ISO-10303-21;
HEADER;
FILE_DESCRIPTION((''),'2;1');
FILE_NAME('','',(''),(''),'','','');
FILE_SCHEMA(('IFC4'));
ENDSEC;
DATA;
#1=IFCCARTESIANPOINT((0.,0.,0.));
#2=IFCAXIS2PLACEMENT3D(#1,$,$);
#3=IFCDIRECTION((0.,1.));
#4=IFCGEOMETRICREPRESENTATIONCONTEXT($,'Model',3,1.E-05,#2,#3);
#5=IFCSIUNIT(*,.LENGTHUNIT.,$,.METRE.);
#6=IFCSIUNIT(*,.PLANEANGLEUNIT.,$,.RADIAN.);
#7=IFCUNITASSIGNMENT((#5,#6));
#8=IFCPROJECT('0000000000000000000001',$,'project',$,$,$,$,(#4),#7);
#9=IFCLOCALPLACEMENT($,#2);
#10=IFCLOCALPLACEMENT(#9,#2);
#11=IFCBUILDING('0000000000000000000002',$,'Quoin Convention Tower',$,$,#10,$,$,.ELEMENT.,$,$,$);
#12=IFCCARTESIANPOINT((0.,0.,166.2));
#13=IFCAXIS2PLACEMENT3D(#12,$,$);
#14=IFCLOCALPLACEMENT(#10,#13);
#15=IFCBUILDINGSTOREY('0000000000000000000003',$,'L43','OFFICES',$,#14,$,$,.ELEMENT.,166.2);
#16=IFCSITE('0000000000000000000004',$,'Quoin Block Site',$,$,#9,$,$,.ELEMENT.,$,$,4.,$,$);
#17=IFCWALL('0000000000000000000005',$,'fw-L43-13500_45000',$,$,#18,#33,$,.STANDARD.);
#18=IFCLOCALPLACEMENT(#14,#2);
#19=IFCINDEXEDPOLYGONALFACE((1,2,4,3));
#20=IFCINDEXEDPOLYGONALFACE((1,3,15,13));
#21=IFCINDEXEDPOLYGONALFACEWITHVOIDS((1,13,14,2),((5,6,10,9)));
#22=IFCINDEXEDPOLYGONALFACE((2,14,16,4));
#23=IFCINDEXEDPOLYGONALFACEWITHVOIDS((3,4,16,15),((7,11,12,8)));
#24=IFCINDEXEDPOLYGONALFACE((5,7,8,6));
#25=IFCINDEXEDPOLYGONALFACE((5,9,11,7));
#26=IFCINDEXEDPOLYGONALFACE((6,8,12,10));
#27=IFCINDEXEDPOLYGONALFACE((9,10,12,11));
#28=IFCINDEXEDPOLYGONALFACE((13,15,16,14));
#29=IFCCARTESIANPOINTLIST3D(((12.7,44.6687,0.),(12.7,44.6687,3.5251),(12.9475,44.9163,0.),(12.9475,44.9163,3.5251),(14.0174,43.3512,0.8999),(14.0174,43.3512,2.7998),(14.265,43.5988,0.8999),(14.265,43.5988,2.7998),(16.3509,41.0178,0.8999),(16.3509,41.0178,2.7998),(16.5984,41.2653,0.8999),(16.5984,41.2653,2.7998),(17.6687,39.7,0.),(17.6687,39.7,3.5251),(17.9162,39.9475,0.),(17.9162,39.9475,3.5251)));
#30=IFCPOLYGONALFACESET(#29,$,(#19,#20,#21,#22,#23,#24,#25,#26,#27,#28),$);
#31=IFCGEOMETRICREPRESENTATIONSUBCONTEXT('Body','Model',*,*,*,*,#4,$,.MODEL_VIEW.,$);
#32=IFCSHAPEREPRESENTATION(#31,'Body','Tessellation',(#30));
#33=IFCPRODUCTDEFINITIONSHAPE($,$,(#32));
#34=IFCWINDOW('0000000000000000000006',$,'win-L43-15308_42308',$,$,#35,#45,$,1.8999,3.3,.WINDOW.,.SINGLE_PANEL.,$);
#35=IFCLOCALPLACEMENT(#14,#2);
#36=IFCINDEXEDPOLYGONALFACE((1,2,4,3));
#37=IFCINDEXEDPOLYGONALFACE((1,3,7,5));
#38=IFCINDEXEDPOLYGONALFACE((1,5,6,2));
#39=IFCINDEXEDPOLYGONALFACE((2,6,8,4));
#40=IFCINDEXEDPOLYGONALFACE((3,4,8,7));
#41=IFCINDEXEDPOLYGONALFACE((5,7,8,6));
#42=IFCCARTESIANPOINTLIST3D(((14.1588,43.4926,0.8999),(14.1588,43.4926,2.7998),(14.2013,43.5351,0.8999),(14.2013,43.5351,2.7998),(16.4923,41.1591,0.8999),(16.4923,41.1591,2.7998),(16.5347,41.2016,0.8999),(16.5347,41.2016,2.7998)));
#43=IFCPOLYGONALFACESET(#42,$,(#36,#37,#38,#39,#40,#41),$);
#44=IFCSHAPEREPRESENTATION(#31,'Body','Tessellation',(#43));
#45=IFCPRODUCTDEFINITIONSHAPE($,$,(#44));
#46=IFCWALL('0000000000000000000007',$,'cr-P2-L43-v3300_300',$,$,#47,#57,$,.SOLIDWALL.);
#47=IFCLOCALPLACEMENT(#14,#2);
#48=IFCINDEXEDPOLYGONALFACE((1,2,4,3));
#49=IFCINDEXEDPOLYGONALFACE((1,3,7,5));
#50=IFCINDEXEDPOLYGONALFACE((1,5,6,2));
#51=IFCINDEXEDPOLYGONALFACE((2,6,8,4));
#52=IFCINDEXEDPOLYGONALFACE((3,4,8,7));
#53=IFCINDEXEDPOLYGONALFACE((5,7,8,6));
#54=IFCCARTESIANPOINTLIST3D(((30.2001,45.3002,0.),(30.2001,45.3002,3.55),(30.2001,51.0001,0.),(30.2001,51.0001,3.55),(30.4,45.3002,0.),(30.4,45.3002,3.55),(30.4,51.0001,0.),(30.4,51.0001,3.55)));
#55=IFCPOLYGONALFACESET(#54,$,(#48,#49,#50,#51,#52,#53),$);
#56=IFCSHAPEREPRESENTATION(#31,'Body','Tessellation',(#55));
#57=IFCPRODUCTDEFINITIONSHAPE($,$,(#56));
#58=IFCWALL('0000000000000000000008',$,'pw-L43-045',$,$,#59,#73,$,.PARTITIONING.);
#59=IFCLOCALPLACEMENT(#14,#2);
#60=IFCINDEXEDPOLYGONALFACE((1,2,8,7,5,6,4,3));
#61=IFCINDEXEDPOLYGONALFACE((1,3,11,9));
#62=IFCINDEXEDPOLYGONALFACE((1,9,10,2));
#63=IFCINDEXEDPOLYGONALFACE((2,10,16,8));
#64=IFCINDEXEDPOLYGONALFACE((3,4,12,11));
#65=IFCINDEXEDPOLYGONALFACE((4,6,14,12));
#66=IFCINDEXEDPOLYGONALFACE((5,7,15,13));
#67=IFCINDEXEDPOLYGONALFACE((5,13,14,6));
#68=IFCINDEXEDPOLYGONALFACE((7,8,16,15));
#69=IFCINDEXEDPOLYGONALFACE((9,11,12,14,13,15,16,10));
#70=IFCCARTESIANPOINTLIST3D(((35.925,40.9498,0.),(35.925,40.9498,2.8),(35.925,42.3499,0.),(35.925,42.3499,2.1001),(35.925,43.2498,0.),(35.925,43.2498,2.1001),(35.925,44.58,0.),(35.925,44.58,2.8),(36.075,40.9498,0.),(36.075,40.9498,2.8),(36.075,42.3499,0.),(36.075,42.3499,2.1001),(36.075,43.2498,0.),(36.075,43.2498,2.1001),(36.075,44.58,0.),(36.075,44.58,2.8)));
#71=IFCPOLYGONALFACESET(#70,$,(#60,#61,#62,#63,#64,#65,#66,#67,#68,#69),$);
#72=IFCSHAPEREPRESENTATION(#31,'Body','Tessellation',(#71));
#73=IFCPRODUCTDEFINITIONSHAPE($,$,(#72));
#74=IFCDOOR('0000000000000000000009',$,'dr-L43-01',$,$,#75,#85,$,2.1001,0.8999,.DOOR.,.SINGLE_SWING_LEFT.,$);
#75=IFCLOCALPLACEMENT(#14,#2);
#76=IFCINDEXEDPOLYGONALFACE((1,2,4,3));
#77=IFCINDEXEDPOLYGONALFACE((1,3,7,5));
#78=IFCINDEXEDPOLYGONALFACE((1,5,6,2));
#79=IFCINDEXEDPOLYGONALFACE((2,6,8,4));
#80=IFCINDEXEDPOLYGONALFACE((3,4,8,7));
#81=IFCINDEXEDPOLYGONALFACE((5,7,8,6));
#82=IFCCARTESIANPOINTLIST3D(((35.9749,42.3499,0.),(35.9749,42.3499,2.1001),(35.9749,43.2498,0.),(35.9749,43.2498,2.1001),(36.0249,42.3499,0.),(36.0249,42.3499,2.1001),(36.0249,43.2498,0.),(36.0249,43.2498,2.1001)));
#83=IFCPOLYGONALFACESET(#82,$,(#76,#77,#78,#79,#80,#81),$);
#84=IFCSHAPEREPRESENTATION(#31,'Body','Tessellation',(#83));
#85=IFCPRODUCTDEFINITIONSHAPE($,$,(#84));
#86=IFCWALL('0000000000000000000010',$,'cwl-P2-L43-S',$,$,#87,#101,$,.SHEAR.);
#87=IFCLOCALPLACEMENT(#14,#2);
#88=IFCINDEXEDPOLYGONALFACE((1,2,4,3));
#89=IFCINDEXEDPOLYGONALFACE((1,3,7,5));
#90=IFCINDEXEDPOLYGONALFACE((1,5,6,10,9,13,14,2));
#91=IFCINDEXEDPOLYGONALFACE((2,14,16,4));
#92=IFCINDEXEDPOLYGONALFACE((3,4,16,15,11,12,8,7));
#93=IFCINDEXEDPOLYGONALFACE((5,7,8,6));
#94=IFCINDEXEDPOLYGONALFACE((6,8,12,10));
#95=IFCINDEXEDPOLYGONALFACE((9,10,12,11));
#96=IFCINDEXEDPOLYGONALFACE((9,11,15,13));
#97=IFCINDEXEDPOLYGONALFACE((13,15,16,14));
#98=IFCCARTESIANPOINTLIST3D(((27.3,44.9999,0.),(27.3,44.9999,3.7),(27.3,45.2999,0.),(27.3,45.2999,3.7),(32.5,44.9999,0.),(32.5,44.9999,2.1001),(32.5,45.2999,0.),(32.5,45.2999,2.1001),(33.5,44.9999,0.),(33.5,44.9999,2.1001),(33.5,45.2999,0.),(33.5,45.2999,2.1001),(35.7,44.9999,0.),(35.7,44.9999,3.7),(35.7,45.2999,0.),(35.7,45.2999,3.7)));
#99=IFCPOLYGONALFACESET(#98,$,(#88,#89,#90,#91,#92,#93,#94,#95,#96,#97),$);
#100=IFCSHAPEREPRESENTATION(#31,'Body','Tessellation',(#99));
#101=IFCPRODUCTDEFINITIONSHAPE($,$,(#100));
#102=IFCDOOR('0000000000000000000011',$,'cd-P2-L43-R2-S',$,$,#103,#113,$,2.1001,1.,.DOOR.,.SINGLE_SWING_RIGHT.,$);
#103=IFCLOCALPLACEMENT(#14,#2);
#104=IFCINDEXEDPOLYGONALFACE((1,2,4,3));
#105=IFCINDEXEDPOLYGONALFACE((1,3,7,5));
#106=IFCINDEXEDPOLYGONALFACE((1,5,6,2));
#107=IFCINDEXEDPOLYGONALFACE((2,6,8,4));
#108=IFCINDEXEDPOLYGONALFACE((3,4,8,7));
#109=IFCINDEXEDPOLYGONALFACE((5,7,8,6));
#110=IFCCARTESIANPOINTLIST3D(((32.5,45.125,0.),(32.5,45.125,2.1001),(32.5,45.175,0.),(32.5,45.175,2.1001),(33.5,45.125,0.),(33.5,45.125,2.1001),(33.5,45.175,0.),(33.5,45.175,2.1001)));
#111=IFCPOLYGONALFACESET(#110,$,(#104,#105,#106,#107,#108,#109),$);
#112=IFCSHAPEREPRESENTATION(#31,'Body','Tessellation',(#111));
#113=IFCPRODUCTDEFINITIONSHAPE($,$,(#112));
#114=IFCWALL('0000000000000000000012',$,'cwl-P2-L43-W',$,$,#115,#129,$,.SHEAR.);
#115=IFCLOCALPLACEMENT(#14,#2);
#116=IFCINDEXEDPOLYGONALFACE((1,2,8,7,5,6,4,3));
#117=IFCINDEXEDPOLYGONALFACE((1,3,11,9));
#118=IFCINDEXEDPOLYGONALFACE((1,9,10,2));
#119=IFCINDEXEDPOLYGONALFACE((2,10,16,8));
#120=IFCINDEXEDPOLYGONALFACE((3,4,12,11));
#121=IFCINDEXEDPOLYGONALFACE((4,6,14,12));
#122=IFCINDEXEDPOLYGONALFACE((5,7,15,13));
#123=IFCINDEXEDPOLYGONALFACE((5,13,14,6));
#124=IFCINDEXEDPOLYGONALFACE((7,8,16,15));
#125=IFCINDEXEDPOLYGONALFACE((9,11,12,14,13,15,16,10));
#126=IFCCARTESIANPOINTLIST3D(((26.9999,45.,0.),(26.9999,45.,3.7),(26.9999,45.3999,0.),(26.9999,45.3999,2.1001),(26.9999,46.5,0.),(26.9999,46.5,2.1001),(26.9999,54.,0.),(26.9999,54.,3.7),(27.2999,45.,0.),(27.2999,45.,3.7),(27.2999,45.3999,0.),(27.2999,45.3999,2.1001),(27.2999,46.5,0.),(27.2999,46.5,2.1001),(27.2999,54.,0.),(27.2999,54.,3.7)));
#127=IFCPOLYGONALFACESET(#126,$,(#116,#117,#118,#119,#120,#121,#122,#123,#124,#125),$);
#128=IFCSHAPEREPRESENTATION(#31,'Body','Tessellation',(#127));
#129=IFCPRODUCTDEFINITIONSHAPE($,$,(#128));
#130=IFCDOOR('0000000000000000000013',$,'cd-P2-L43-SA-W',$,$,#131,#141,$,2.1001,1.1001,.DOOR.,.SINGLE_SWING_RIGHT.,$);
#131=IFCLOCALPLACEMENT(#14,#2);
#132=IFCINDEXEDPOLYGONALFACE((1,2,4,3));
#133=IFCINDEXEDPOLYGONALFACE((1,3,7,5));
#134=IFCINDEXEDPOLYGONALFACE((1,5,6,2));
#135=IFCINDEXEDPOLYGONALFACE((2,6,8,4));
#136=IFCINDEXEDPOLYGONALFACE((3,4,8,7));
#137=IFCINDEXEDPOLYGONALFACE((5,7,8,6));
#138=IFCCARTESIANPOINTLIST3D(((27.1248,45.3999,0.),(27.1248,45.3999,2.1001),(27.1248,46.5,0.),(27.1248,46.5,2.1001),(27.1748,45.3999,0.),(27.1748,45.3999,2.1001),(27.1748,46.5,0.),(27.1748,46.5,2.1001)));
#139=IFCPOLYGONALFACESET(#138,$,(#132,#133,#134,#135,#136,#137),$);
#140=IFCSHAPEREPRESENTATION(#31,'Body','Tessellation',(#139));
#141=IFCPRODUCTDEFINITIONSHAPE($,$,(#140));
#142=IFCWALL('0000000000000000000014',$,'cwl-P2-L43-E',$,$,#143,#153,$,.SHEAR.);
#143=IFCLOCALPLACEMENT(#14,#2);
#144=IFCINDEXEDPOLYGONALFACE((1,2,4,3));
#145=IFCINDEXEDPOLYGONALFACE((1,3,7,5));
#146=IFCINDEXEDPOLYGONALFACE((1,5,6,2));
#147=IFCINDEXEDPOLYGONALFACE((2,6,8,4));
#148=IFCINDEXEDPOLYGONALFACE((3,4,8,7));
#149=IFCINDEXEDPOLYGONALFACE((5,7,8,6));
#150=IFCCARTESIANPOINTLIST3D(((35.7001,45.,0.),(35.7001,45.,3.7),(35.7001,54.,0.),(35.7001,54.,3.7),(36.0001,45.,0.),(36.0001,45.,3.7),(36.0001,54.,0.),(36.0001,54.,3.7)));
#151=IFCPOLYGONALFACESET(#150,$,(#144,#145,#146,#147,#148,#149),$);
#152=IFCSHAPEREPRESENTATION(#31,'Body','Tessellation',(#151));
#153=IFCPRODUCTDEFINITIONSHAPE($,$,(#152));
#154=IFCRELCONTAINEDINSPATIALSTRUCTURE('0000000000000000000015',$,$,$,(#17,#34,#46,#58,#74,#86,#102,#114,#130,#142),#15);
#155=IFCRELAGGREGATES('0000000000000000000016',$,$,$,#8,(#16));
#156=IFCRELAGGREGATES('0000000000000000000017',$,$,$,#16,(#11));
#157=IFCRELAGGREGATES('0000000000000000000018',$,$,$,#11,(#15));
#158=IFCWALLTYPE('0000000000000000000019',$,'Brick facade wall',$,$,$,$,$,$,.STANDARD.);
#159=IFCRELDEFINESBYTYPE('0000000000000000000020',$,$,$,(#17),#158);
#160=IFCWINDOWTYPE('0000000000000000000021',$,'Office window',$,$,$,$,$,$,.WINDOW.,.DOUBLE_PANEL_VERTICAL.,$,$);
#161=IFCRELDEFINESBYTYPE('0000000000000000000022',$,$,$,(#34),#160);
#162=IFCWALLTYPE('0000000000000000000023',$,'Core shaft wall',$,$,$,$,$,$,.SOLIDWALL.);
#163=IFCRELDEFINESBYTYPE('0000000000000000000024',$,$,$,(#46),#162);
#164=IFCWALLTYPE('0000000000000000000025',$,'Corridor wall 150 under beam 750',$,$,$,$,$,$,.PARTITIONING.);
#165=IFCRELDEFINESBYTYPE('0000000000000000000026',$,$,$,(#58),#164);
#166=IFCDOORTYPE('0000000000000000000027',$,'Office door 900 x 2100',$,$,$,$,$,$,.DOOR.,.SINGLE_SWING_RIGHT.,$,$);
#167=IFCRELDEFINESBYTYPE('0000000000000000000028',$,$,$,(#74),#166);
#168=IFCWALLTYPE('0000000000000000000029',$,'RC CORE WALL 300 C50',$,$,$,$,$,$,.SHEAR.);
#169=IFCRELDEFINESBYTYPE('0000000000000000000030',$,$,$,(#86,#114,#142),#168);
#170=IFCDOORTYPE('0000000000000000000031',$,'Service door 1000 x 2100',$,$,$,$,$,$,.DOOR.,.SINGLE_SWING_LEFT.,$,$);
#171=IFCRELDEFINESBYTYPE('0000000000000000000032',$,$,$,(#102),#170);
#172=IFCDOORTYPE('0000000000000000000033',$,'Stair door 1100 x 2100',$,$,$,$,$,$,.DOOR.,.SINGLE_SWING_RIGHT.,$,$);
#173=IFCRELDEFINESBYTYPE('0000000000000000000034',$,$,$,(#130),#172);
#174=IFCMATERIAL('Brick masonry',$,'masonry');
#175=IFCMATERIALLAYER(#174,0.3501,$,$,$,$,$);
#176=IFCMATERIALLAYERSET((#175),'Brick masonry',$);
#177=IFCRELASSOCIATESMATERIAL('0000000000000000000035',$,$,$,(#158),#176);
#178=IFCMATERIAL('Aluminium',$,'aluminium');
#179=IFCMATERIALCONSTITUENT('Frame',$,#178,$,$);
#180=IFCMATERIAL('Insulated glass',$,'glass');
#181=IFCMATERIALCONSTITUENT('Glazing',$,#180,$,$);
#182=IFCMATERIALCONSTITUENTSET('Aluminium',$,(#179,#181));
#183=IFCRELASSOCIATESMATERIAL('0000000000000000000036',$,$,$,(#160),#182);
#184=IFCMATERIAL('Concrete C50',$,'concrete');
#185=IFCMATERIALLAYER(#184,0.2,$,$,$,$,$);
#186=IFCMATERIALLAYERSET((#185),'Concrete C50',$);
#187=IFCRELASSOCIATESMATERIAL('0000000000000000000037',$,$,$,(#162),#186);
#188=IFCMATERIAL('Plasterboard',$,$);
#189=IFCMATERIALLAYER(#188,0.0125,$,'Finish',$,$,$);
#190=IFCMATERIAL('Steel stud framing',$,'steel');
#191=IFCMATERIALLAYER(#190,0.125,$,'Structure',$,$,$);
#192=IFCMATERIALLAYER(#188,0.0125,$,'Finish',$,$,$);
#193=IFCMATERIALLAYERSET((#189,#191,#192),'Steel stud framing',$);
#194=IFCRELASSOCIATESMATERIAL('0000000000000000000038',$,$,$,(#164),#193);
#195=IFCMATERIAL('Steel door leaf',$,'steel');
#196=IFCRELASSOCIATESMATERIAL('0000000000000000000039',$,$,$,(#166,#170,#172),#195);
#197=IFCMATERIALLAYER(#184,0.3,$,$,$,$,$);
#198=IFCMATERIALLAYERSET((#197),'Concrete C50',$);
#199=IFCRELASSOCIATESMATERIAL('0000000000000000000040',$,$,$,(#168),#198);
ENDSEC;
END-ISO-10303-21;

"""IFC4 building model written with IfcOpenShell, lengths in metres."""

from ifc_helpers import new_model, si_unit, direction, frame, frame_2d, origin, place, context, subcontext, project, spatial, rectangle, extrude, material, layer, layer_set, constituent, constituent_set, type_object, element, fill, save


model = new_model("IFC4")

# Units and contexts
model_context = context("Model", 3, precision=1e-05, world=origin(), true_north=direction((0.0, 1.0)))
body_context = subcontext(model_context, "Body", "Model", "MODEL_VIEW")
ifc_project = project(units=[si_unit("LENGTHUNIT", "METRE"), si_unit("PLANEANGLEUNIT", "RADIAN")], contexts=[model_context])

# Site, building, storey
site_placement = place(None, origin())
site = spatial("IfcSite", under=ifc_project, at=site_placement, Name="Quoin Block Site", CompositionType="ELEMENT", RefElevation=4.0)
building_placement = place(site_placement, origin())
building = spatial("IfcBuilding", under=site, at=building_placement, Name="Quoin Convention Tower", CompositionType="ELEMENT")
storey_placement = place(building_placement, frame((0.0, 0.0, 166.2)))
storey = spatial("IfcBuildingStorey", under=building, at=storey_placement, Name="L43", Description="OFFICES", CompositionType="ELEMENT", Elevation=166.2)

# Shared definitions
ifc_material_1 = material(Name="Concrete C50", Category="concrete")

# Wall, opening, window
ifc_material_2 = material(Name="Brick masonry", Category="masonry")
ifc_layer_1 = layer(ifc_material_2, 0.3501)
ifc_layer_set_1 = layer_set([ifc_layer_1], Name="Brick masonry")
wall_type_1 = type_object("IfcWallType", Name="Brick facade wall", PredefinedType="STANDARD", material=ifc_layer_set_1)
wall_1_placement = place(storey_placement, frame((12.8237, 44.7925, 0.0), z_axis=(0.0, 0.0, 1.0), x_axis=(0.707107, -0.707107, 0.0)))
wall_1 = element("IfcWall", 1, at=wall_1_placement, inside=storey, type_object=wall_type_1, Name="fw-L43-13500_45000", PredefinedType="STANDARD", context=body_context, shape_type="SweptSolid", body=[
    extrude(rectangle(XDim=7.0269, YDim=0.3501, at=frame_2d((3.5134, 0.0))), origin(), (0.0, 0.0, 1.0), 3.5251),
])
opening_1_placement = place(wall_1_placement, frame((1.8633, 0.0, 0.8999)))
opening_1 = element("IfcOpeningElement", 2, at=opening_1_placement, cuts=wall_1, PredefinedType="OPENING", context=body_context, shape_type="SweptSolid", body=[
    extrude(rectangle(XDim=3.3, YDim=1.8999, at=frame_2d((1.6499, 0.95))), frame((0.0, 0.1851, 0.0), z_axis=(0.0, -1.0, 0.0), x_axis=(1.0, 0.0, 0.0)), (0.0, 0.0, 1.0), 0.3701),
])
ifc_material_3 = material(Name="Aluminium", Category="aluminium")
ifc_constituent_1 = constituent(ifc_material_3, Name="Frame")
ifc_material_4 = material(Name="Insulated glass", Category="glass")
ifc_constituent_2 = constituent(ifc_material_4, Name="Glazing")
ifc_constituent_set = constituent_set(constituents=[ifc_constituent_1, ifc_constituent_2], Name="Aluminium")
window_type = type_object("IfcWindowType", Name="Office window", PartitioningType="DOUBLE_PANEL_VERTICAL", PredefinedType="WINDOW", material=ifc_constituent_set)
window_placement = place(opening_1_placement, origin())
window = element("IfcWindow", 3, at=window_placement, inside=storey, type_object=window_type, Name="win-L43-15308_42308", OverallHeight=1.8999, OverallWidth=3.3, PartitioningType="SINGLE_PANEL", PredefinedType="WINDOW", context=body_context, shape_type="SweptSolid", body=[
    extrude(rectangle(XDim=3.3, YDim=1.8999, at=frame_2d((1.6499, 0.95))), frame((0.0, 0.085, 0.0), z_axis=(0.0, -1.0, 0.0), x_axis=(1.0, 0.0, 0.0)), (0.0, 0.0, 1.0), 0.0601),
])
fill(opening_1, window)

# Wall
ifc_layer_2 = layer(ifc_material_1, 0.2)
ifc_layer_set_2 = layer_set([ifc_layer_2], Name="Concrete C50")
wall_type_2 = type_object("IfcWallType", Name="Core shaft wall", PredefinedType="SOLIDWALL", material=ifc_layer_set_2)
wall_2_placement = place(storey_placement, frame((30.3, 45.3, 0.0), z_axis=(0.0, 0.0, 1.0), x_axis=(0.0, 1.0, 0.0)))
element("IfcWall", 4, at=wall_2_placement, inside=storey, type_object=wall_type_2, Name="cr-P2-L43-v3300_300", PredefinedType="SOLIDWALL", context=body_context, shape_type="SweptSolid", body=[
    extrude(rectangle(XDim=5.7, YDim=0.2, at=frame_2d((2.8501, 0.0))), origin(), (0.0, 0.0, 1.0), 3.55),
])

# Walls, openings, doors
ifc_material_5 = material(Name="Plasterboard")
ifc_layer_3 = layer(ifc_material_5, 0.0125, Name="Finish")
ifc_material_6 = material(Name="Steel stud framing", Category="steel")
ifc_layer_4 = layer(ifc_material_6, 0.125, Name="Structure")
ifc_layer_5 = layer(ifc_material_5, 0.0125, Name="Finish")
ifc_layer_set_3 = layer_set([ifc_layer_3, ifc_layer_4, ifc_layer_5], Name="Steel stud framing")
wall_type_3 = type_object("IfcWallType", Name="Corridor wall 150 under beam 750", PredefinedType="PARTITIONING", material=ifc_layer_set_3)
wall_3_placement = place(storey_placement, frame((36.0, 40.95, 0.0), z_axis=(0.0, 0.0, 1.0), x_axis=(0.0, 1.0, 0.0)))
wall_3 = element("IfcWall", 5, at=wall_3_placement, inside=storey, type_object=wall_type_3, Name="pw-L43-045", PredefinedType="PARTITIONING", context=body_context, shape_type="SweptSolid", body=[
    extrude(rectangle(XDim=3.6301, YDim=0.1499, at=frame_2d((1.8149, 0.0))), origin(), (0.0, 0.0, 1.0), 2.8),
])
opening_2_placement = place(wall_3_placement, frame((1.3999, 0.0, 0.0)))
opening_2 = element("IfcOpeningElement", 6, at=opening_2_placement, cuts=wall_3, PredefinedType="OPENING", context=body_context, shape_type="SweptSolid", body=[
    extrude(rectangle(XDim=0.8999, YDim=2.1001, at=frame_2d((0.45, 1.05))), frame((0.0, 0.085, 0.0), z_axis=(0.0, -1.0, 0.0), x_axis=(1.0, 0.0, 0.0)), (0.0, 0.0, 1.0), 0.1699),
])
ifc_material_7 = material(Name="Steel door leaf", Category="steel")
door_type_1 = type_object("IfcDoorType", Name="Office door 900 x 2100", OperationType="SINGLE_SWING_RIGHT", PredefinedType="DOOR", material=ifc_material_7)
door_1_placement = place(opening_2_placement, frame((0.8999, 0.0, 0.0), z_axis=(0.0, 0.0, 1.0), x_axis=(-1.0, 0.0, 0.0)))
door_1 = element("IfcDoor", 7, at=door_1_placement, inside=storey, type_object=door_type_1, Name="dr-L43-01", OperationType="SINGLE_SWING_LEFT", OverallHeight=2.1001, OverallWidth=0.8999, PredefinedType="DOOR", context=body_context, shape_type="SweptSolid", body=[
    extrude(rectangle(XDim=0.8999, YDim=2.1001, at=frame_2d((0.45, 1.05))), frame((0.0, 0.0249, 0.0), z_axis=(0.0, -1.0, 0.0), x_axis=(1.0, 0.0, 0.0)), (0.0, 0.0, 1.0), 0.05),
])
fill(opening_2, door_1)
ifc_layer_6 = layer(ifc_material_1, 0.3)
ifc_layer_set_4 = layer_set([ifc_layer_6], Name="Concrete C50")
wall_type_4 = type_object("IfcWallType", Name="RC CORE WALL 300 C50", PredefinedType="SHEAR", material=ifc_layer_set_4)
wall_4_placement = place(storey_placement, frame((27.3, 45.1499, 0.0), z_axis=(0.0, 0.0, 1.0), x_axis=(1.0, 0.0, 0.0)))
wall_4 = element("IfcWall", 8, at=wall_4_placement, inside=storey, type_object=wall_type_4, Name="cwl-P2-L43-S", PredefinedType="SHEAR", context=body_context, shape_type="SweptSolid", body=[
    extrude(rectangle(XDim=8.3999, YDim=0.3, at=frame_2d((4.2, 0.0))), origin(), (0.0, 0.0, 1.0), 3.7),
])
opening_3_placement = place(wall_4_placement, frame((5.2, 0.0, 0.0)))
opening_3 = element("IfcOpeningElement", 9, at=opening_3_placement, cuts=wall_4, PredefinedType="OPENING", context=body_context, shape_type="SweptSolid", body=[
    extrude(rectangle(XDim=1.0, YDim=2.1001, at=frame_2d((0.5, 1.05))), frame((0.0, 0.1599, 0.0), z_axis=(0.0, -1.0, 0.0), x_axis=(1.0, 0.0, 0.0)), (0.0, 0.0, 1.0), 0.3201),
])
door_type_2 = type_object("IfcDoorType", Name="Service door 1000 x 2100", OperationType="SINGLE_SWING_LEFT", PredefinedType="DOOR", material=ifc_material_7)
door_2_placement = place(opening_3_placement, frame((1.0, 0.0, 0.0), z_axis=(0.0, 0.0, 1.0), x_axis=(-1.0, 0.0, 0.0)))
door_2 = element("IfcDoor", 10, at=door_2_placement, inside=storey, type_object=door_type_2, Name="cd-P2-L43-R2-S", OperationType="SINGLE_SWING_RIGHT", OverallHeight=2.1001, OverallWidth=1.0, PredefinedType="DOOR", context=body_context, shape_type="SweptSolid", body=[
    extrude(rectangle(XDim=1.0, YDim=2.1001, at=frame_2d((0.5, 1.05))), frame((0.0, 0.0249, 0.0), z_axis=(0.0, -1.0, 0.0), x_axis=(1.0, 0.0, 0.0)), (0.0, 0.0, 1.0), 0.05),
])
fill(opening_3, door_2)
wall_5_placement = place(storey_placement, frame((27.1499, 45.0, 0.0), z_axis=(0.0, 0.0, 1.0), x_axis=(0.0, 1.0, 0.0)))
wall_5 = element("IfcWall", 11, at=wall_5_placement, inside=storey, type_object=wall_type_4, Name="cwl-P2-L43-W", PredefinedType="SHEAR", context=body_context, shape_type="SweptSolid", body=[
    extrude(rectangle(XDim=9.0, YDim=0.3, at=frame_2d((4.5, 0.0))), origin(), (0.0, 0.0, 1.0), 3.7),
])
opening_4_placement = place(wall_5_placement, frame((0.3999, 0.0, 0.0)))
opening_4 = element("IfcOpeningElement", 12, at=opening_4_placement, cuts=wall_5, PredefinedType="OPENING", context=body_context, shape_type="SweptSolid", body=[
    extrude(rectangle(XDim=1.1001, YDim=2.1001, at=frame_2d((0.55, 1.05))), frame((0.0, 0.1599, 0.0), z_axis=(0.0, -1.0, 0.0), x_axis=(1.0, 0.0, 0.0)), (0.0, 0.0, 1.0), 0.3201),
])
door_type_3 = type_object("IfcDoorType", Name="Stair door 1100 x 2100", OperationType="SINGLE_SWING_RIGHT", PredefinedType="DOOR", material=ifc_material_7)
door_3_placement = place(opening_4_placement, frame((1.1001, 0.0, 0.0), z_axis=(0.0, 0.0, 1.0), x_axis=(-1.0, 0.0, 0.0)))
door_3 = element("IfcDoor", 13, at=door_3_placement, inside=storey, type_object=door_type_3, Name="cd-P2-L43-SA-W", OperationType="SINGLE_SWING_RIGHT", OverallHeight=2.1001, OverallWidth=1.1001, PredefinedType="DOOR", context=body_context, shape_type="SweptSolid", body=[
    extrude(rectangle(XDim=1.1001, YDim=2.1001, at=frame_2d((0.55, 1.05))), frame((0.0, 0.0249, 0.0), z_axis=(0.0, -1.0, 0.0), x_axis=(1.0, 0.0, 0.0)), (0.0, 0.0, 1.0), 0.05),
])
fill(opening_4, door_3)

# Wall
wall_6_placement = place(storey_placement, frame((35.8501, 45.0, 0.0), z_axis=(0.0, 0.0, 1.0), x_axis=(0.0, 1.0, 0.0)))
element("IfcWall", 14, at=wall_6_placement, inside=storey, type_object=wall_type_4, Name="cwl-P2-L43-E", PredefinedType="SHEAR", context=body_context, shape_type="SweptSolid", body=[
    extrude(rectangle(XDim=9.0, YDim=0.3, at=frame_2d((4.5, 0.0))), origin(), (0.0, 0.0, 1.0), 3.7),
])

save(model, "model.ifc")
